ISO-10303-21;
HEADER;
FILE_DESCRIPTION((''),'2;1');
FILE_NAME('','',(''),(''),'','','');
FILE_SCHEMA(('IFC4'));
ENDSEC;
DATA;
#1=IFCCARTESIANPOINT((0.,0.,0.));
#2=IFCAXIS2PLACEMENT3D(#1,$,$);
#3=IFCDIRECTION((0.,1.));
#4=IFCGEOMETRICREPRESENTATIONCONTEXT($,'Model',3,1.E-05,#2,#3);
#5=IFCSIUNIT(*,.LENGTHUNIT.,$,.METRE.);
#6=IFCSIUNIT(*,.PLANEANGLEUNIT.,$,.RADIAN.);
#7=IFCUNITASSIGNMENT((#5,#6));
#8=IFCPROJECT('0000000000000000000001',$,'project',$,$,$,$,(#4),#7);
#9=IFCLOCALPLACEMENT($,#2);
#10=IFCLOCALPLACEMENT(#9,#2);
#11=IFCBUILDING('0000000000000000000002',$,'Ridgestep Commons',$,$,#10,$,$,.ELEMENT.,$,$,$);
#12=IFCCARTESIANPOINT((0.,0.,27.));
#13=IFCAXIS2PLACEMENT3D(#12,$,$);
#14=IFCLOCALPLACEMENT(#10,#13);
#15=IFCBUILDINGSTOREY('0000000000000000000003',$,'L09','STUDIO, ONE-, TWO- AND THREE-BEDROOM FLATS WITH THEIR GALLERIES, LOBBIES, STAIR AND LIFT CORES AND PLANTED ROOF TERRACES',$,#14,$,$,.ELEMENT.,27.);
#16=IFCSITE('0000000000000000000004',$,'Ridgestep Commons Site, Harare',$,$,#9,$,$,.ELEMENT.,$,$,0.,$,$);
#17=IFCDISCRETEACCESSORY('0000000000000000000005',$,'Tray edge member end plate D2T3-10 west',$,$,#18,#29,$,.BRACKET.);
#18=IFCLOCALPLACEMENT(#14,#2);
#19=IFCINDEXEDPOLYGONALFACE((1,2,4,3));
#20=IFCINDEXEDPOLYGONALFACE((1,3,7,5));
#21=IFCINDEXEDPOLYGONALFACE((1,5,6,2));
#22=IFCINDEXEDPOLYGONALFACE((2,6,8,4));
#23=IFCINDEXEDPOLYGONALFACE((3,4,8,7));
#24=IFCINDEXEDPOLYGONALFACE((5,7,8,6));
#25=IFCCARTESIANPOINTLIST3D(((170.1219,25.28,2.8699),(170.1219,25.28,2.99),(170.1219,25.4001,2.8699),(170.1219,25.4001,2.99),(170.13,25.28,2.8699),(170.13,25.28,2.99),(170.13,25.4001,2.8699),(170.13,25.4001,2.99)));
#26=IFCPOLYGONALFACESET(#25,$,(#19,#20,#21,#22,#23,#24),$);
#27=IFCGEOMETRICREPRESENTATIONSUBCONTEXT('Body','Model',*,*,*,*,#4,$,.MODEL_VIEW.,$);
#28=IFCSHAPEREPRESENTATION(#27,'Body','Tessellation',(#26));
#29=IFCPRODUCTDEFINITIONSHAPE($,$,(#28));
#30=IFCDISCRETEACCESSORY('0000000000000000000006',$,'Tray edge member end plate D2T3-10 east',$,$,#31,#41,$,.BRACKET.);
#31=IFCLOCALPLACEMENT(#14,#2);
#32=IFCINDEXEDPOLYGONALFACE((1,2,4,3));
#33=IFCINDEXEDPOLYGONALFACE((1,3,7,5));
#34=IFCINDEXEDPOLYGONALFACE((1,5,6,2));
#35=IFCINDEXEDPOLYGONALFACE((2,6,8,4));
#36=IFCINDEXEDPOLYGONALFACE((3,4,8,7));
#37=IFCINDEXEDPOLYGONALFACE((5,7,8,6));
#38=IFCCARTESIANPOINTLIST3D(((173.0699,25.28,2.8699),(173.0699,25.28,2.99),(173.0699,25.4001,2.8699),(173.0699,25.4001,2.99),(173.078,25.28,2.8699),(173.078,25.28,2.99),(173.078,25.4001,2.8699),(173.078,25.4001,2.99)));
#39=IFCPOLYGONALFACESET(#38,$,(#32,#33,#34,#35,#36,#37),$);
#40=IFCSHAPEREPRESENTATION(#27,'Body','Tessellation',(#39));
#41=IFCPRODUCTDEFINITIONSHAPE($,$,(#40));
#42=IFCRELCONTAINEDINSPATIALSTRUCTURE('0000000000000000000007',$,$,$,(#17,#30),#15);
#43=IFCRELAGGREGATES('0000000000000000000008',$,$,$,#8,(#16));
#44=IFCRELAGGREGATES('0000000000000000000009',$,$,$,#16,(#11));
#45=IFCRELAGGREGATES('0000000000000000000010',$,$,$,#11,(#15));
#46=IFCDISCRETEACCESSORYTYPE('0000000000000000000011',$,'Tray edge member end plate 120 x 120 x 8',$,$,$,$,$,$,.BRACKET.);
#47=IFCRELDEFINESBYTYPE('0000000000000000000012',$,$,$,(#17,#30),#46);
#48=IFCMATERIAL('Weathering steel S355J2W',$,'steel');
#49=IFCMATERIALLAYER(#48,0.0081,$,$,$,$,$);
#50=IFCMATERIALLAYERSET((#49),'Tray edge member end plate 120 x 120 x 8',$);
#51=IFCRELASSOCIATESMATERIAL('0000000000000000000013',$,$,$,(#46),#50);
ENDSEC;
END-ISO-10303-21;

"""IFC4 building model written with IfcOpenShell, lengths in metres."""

from ifc_helpers import new_model, si_unit, direction, frame, origin, origin_2d, place, context, subcontext, project, spatial, rectangle, extrude, material, layer, layer_set, type_object, element, save


model = new_model("IFC4")

# Units and contexts
model_context = context("Model", 3, precision=1e-05, world=origin(), true_north=direction((0.0, 1.0)))
body_context = subcontext(model_context, "Body", "Model", "MODEL_VIEW")
ifc_project = project(units=[si_unit("LENGTHUNIT", "METRE"), si_unit("PLANEANGLEUNIT", "RADIAN")], contexts=[model_context])

# Site, building, storey
site_placement = place(None, origin())
site = spatial("IfcSite", under=ifc_project, at=site_placement, Name="Ridgestep Commons Site, Harare", CompositionType="ELEMENT", RefElevation=0.0)
building_placement = place(site_placement, origin())
building = spatial("IfcBuilding", under=site, at=building_placement, Name="Ridgestep Commons", CompositionType="ELEMENT")
storey_placement = place(building_placement, frame((0.0, 0.0, 27.0)))
storey = spatial("IfcBuildingStorey", under=building, at=storey_placement, Name="L09", Description="STUDIO, ONE-, TWO- AND THREE-BEDROOM FLATS WITH THEIR GALLERIES, LOBBIES, STAIR AND LIFT CORES AND PLANTED ROOF TERRACES", CompositionType="ELEMENT", Elevation=27.0)

# Discrete accessories
ifc_material_1 = material(Name="Weathering steel S355J2W", Category="steel")
ifc_layer_1 = layer(ifc_material_1, 0.0081)
ifc_layer_set_1 = layer_set([ifc_layer_1], Name="Tray edge member end plate 120 x 120 x 8")
discrete_accessory_type_1 = type_object("IfcDiscreteAccessoryType", Name="Tray edge member end plate 120 x 120 x 8", PredefinedType="BRACKET", material=ifc_layer_set_1)
for number, where, z_axis, x_axis, name in (
    (1, (170.126, 25.3401, 2.8699), (0.0, 0.0, 1.0), (1.0, 0.0, 0.0), "Tray edge member end plate D2T3-10 west"),
    (2, (173.074, 25.3401, 2.8699), (0.0, 0.0, 1.0), (1.0, 0.0, 0.0), "Tray edge member end plate D2T3-10 east"),
):
    element("IfcDiscreteAccessory", number, at=place(storey_placement, frame(where, z_axis=z_axis, x_axis=x_axis)), inside=storey, type_object=discrete_accessory_type_1, Name=name, PredefinedType="BRACKET", context=body_context, shape_type="SweptSolid", body=[
        extrude(rectangle(XDim=0.0081, YDim=0.1201, at=origin_2d()), origin(), (0.0, 0.0, 1.0), 0.1201),
    ])

save(model, "model.ifc")
